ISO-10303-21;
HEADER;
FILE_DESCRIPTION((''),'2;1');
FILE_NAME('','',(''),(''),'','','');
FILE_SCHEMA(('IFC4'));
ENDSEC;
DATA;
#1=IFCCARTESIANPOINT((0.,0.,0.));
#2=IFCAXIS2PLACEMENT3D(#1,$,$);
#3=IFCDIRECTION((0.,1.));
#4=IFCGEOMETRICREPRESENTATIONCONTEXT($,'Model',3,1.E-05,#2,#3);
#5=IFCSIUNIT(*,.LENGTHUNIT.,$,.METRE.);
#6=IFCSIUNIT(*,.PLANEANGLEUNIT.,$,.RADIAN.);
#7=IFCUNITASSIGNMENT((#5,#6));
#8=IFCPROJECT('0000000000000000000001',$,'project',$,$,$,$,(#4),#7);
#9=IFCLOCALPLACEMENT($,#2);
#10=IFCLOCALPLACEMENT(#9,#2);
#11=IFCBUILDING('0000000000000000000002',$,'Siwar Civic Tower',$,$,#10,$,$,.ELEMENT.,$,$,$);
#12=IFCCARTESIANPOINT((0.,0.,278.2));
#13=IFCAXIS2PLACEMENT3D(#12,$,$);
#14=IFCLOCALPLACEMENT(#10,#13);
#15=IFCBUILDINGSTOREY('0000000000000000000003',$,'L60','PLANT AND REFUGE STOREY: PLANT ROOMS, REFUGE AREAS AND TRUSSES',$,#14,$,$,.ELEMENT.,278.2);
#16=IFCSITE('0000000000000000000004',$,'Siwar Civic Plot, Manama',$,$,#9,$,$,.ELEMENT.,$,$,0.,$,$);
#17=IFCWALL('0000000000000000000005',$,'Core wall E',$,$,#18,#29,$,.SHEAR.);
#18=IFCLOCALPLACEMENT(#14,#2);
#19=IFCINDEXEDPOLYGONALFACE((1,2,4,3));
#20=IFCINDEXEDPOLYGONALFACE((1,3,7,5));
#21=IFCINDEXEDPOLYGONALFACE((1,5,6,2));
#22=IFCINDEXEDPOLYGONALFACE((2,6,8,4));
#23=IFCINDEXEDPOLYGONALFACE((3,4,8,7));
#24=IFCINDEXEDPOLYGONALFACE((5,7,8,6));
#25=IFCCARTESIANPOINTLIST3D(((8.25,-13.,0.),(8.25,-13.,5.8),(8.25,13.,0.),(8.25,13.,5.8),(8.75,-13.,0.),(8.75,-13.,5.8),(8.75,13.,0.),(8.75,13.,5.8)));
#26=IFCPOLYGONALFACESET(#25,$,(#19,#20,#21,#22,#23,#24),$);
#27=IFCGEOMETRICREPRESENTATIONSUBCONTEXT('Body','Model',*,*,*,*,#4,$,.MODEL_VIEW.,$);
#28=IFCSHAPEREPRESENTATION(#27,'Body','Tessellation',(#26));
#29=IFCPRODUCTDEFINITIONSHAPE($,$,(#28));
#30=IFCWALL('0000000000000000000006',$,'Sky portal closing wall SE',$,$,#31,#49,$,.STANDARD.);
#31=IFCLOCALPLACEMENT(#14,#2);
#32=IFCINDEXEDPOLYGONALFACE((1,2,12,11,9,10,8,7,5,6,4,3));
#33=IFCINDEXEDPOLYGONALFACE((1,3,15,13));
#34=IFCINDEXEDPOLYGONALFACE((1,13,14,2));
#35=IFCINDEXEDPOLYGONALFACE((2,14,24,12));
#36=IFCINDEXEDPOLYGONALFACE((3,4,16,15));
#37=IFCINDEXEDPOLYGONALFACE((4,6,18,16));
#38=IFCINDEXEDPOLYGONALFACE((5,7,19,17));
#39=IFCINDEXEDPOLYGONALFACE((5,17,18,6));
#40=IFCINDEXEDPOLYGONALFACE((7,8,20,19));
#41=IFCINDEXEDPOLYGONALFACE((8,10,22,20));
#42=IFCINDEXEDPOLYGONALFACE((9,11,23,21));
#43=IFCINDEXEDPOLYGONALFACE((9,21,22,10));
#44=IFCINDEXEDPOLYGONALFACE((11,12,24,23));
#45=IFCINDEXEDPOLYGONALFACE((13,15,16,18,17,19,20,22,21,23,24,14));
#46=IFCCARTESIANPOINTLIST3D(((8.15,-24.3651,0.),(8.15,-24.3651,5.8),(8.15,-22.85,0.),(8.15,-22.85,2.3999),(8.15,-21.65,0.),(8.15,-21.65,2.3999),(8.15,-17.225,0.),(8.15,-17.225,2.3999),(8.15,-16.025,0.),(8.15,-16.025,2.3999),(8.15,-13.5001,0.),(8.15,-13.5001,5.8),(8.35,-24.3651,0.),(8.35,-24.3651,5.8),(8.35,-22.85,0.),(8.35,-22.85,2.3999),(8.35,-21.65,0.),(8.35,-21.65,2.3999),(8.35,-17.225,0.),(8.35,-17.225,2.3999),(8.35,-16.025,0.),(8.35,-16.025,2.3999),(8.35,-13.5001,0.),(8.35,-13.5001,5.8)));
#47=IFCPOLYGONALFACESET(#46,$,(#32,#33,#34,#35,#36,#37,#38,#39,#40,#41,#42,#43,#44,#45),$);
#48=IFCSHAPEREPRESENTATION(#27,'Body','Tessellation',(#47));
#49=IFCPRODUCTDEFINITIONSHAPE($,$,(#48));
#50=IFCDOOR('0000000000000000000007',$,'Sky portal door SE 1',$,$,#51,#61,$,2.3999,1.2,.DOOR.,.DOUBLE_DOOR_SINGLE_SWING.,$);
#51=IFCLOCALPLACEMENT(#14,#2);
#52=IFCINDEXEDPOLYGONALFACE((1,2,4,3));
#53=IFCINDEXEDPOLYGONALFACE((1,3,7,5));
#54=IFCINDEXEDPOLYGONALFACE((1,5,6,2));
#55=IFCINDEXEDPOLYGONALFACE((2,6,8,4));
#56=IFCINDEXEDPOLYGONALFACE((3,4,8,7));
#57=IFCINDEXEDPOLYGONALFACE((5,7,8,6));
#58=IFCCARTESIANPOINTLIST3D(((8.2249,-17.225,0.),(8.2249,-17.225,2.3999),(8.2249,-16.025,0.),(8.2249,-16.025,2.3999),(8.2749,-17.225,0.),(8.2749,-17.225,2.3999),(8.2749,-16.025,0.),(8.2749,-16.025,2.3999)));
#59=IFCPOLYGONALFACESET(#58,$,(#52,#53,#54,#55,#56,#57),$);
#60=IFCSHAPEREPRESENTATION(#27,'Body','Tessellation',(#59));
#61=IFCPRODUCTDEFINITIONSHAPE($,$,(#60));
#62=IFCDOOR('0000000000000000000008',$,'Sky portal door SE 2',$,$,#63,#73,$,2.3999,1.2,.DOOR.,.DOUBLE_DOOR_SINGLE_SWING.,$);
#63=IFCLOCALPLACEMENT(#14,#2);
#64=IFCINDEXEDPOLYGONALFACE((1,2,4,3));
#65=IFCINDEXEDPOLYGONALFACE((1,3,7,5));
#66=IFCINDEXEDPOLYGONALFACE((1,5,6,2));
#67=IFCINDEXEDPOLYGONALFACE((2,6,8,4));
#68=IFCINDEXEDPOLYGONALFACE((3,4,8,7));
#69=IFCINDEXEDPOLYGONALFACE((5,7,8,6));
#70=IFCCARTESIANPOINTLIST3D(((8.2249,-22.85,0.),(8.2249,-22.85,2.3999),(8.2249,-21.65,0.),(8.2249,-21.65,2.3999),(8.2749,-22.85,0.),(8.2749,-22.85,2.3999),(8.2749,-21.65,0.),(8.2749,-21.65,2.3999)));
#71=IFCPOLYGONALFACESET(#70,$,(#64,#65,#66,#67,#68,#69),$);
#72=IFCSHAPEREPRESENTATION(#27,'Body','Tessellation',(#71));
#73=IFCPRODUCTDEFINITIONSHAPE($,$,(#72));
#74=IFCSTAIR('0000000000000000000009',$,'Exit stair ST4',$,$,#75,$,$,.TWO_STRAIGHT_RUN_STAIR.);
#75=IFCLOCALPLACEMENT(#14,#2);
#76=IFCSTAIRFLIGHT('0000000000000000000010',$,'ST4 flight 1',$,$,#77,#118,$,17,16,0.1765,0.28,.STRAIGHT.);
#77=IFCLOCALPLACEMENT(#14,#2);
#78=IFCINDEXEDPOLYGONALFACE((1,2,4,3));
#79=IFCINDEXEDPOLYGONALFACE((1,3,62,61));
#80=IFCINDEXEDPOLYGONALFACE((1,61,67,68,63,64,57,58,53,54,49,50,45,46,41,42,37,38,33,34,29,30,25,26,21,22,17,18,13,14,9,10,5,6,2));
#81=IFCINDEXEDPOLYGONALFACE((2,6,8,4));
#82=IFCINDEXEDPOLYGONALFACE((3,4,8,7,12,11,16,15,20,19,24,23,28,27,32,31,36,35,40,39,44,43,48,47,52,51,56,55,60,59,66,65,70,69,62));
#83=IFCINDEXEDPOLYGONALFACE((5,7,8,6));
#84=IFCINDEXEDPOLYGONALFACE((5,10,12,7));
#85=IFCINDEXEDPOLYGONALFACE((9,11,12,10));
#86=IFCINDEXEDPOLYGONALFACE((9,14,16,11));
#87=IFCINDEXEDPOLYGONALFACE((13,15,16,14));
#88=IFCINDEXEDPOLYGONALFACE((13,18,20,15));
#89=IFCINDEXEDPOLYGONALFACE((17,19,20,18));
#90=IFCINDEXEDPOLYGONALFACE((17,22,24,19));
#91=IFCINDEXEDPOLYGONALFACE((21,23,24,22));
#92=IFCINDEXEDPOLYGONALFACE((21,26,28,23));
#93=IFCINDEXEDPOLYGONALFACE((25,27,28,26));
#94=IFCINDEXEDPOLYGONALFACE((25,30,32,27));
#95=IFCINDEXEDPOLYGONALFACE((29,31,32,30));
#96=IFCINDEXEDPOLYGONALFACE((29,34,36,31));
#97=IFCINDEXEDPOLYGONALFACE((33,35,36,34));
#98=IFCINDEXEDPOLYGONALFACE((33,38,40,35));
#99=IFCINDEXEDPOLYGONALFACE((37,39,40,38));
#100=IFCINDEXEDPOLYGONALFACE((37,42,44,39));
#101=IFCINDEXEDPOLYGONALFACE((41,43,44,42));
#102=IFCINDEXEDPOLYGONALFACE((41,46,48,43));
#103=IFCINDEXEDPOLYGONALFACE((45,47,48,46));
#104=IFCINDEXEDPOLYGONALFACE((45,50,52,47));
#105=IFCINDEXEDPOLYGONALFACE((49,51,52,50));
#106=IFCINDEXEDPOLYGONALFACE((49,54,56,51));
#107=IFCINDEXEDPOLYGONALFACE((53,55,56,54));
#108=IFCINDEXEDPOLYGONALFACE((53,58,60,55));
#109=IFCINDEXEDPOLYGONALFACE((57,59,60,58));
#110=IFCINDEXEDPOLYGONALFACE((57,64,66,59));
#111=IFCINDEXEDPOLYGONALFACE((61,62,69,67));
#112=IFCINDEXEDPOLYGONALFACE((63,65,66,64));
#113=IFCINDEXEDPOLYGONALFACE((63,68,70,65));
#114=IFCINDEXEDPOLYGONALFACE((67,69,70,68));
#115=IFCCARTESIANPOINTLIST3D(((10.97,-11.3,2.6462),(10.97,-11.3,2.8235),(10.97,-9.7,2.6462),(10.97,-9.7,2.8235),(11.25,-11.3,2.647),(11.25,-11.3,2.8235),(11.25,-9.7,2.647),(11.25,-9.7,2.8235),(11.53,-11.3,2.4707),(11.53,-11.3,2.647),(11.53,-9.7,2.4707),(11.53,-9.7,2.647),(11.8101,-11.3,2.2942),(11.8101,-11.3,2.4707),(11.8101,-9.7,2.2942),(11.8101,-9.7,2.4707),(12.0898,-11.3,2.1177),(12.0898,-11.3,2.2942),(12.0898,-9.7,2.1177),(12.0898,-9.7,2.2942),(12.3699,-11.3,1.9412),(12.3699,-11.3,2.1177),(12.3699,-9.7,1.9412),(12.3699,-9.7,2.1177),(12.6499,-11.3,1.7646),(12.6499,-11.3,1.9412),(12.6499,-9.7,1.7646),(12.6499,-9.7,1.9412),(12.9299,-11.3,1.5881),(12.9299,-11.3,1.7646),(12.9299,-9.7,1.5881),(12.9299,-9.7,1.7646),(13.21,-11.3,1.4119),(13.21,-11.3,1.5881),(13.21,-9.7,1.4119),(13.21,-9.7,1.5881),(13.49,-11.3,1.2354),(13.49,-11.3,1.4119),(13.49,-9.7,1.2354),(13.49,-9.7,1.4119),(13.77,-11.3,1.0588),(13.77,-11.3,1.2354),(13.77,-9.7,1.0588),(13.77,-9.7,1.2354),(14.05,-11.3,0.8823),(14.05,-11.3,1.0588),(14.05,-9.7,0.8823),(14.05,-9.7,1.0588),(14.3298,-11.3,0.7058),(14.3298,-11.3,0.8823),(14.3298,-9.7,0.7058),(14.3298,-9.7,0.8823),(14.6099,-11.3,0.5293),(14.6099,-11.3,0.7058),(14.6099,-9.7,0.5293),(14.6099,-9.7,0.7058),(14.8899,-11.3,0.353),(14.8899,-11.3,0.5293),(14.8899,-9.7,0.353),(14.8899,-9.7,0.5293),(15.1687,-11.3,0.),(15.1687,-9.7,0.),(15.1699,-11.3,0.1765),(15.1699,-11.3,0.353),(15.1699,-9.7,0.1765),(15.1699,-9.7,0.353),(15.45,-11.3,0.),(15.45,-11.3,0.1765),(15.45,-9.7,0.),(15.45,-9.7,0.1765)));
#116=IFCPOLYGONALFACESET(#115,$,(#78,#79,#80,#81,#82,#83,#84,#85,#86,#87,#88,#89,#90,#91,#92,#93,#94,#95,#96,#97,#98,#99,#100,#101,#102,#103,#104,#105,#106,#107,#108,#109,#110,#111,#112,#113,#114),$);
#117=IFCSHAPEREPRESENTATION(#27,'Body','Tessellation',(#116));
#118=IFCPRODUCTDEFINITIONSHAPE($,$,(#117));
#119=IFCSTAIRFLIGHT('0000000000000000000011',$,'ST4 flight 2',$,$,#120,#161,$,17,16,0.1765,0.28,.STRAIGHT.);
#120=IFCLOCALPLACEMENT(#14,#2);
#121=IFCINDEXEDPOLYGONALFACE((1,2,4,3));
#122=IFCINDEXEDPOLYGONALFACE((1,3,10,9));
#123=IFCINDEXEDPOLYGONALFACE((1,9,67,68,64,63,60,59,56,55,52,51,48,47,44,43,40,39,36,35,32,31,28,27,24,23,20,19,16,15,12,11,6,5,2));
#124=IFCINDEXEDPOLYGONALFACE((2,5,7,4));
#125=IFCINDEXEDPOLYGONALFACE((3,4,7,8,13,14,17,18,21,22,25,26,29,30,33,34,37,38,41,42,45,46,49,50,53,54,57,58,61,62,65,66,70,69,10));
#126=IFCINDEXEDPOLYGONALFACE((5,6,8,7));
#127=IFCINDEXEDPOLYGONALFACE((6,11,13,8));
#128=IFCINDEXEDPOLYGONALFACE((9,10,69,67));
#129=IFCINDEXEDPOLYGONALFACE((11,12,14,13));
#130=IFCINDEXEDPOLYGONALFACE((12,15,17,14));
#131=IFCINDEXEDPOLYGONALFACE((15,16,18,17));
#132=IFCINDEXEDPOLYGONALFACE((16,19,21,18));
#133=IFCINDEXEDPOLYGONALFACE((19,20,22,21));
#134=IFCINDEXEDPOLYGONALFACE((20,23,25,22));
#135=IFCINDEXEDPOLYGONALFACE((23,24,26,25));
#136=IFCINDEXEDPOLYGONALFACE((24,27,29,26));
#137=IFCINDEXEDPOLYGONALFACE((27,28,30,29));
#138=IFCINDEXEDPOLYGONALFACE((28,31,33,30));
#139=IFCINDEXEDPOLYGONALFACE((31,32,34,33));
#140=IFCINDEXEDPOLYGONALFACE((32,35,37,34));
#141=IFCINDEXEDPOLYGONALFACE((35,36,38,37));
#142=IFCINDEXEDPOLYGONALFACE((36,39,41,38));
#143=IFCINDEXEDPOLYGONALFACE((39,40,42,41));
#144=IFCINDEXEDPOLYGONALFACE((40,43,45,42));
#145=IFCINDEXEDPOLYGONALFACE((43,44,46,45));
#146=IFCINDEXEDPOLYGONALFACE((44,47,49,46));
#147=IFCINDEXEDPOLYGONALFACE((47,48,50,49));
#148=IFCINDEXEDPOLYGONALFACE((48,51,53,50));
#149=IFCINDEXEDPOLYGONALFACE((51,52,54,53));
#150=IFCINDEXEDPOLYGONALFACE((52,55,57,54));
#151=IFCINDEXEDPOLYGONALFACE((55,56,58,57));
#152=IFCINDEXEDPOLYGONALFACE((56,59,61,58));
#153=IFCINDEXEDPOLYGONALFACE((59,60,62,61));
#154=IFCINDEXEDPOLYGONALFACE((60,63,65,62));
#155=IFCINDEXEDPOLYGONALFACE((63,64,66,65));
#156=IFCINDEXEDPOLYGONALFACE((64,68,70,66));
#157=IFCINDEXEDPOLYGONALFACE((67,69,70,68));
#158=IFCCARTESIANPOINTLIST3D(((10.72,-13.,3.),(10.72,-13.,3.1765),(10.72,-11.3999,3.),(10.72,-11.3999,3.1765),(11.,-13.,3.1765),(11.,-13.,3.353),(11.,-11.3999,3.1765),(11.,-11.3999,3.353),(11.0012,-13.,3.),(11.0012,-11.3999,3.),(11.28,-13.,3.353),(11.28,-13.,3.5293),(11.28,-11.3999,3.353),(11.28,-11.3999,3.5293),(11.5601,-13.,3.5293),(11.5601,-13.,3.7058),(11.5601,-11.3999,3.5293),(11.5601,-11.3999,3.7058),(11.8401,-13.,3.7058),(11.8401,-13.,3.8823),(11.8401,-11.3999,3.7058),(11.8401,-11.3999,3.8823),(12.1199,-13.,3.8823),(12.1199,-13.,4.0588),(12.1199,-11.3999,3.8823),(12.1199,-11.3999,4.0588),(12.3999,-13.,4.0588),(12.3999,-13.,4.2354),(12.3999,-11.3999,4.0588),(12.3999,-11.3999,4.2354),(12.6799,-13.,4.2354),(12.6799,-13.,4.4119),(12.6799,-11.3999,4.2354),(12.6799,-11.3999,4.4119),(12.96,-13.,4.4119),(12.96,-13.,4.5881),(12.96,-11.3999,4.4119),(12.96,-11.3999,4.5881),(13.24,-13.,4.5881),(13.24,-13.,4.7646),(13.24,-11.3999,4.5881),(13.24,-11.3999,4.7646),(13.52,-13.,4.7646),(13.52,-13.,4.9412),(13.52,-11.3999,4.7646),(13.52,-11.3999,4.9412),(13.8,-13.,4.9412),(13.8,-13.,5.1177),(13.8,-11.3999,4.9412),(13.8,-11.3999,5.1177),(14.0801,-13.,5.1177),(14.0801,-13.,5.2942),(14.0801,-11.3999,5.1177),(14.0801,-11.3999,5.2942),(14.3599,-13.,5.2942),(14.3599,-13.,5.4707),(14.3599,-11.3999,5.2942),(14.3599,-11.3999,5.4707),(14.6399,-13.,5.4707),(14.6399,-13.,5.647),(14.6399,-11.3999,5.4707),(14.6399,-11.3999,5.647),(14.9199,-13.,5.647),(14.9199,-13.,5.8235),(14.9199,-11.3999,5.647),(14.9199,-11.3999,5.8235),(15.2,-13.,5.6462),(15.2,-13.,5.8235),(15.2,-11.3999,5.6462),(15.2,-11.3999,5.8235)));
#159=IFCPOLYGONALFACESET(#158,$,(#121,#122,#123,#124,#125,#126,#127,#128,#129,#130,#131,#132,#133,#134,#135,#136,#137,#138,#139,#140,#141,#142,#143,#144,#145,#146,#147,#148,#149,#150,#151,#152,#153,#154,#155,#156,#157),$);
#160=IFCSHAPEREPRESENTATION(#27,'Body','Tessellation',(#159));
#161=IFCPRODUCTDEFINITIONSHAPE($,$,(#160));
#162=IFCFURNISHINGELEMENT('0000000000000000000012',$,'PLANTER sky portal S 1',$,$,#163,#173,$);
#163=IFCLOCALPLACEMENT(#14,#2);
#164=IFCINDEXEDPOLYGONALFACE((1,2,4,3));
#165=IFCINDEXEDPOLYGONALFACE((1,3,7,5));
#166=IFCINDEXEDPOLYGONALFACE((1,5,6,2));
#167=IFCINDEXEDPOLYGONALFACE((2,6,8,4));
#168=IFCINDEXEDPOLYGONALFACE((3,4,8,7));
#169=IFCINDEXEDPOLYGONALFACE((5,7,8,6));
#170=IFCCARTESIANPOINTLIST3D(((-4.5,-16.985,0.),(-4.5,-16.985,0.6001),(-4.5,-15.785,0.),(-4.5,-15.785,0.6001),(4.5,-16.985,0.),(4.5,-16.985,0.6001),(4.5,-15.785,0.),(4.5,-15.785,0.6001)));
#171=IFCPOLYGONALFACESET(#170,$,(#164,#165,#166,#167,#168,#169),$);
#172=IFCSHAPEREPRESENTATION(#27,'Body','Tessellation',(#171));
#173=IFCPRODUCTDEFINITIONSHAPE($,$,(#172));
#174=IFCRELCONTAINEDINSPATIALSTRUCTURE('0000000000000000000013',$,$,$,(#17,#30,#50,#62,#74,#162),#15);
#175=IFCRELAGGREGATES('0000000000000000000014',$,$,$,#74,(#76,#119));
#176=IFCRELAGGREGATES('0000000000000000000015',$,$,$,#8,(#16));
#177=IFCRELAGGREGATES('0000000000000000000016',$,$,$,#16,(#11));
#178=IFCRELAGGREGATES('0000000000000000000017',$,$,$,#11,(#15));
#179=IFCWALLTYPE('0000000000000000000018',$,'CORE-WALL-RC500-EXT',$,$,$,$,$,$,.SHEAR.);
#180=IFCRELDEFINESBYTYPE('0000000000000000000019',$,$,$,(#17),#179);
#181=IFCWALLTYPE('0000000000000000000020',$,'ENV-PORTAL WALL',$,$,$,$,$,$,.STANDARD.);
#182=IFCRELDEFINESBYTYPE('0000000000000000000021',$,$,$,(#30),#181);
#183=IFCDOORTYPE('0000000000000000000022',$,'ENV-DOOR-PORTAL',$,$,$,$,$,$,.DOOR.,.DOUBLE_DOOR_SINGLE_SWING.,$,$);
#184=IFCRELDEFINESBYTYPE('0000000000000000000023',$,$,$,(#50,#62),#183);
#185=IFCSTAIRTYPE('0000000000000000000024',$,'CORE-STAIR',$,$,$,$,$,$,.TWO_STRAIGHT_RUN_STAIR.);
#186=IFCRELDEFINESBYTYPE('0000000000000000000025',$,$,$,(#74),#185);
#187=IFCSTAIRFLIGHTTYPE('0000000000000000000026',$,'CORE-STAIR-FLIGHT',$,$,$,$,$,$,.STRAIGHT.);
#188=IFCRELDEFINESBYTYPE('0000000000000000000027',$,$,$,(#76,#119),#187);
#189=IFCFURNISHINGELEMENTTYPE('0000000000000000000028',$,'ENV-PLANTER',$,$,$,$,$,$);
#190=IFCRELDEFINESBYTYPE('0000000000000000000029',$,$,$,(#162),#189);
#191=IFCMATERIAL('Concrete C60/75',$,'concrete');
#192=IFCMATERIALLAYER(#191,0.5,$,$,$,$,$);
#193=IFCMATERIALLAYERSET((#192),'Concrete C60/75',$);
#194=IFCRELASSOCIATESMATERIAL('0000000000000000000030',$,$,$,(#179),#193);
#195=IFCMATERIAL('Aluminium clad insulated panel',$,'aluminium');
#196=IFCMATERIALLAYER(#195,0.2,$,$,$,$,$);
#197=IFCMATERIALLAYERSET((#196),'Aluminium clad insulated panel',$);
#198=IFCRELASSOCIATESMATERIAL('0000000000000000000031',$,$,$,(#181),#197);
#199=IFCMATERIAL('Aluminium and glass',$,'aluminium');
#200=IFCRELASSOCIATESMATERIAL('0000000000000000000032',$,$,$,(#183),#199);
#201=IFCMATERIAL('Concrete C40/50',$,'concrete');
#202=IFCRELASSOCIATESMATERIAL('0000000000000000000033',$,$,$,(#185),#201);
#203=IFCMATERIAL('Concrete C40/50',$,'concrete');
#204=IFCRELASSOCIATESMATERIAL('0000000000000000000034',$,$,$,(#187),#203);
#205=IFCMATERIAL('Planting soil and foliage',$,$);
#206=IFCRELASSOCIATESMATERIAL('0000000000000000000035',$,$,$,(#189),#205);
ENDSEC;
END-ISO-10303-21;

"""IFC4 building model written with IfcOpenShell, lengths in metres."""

from ifc_helpers import new_model, si_unit, direction, frame, frame_2d, origin, origin_2d, place, context, subcontext, project, spatial, polyline, rectangle, outline, extrude, material, layer, layer_set, type_object, element, fill, aggregate, save


model = new_model("IFC4")

# Units and contexts
model_context = context("Model", 3, precision=1e-05, world=origin(), true_north=direction((0.0, 1.0)))
body_context = subcontext(model_context, "Body", "Model", "MODEL_VIEW")
ifc_project = project(units=[si_unit("LENGTHUNIT", "METRE"), si_unit("PLANEANGLEUNIT", "RADIAN")], contexts=[model_context])

# Site, building, storey
site_placement = place(None, origin())
site = spatial("IfcSite", under=ifc_project, at=site_placement, Name="Siwar Civic Plot, Manama", CompositionType="ELEMENT", RefElevation=0.0)
building_placement = place(site_placement, origin())
building = spatial("IfcBuilding", under=site, at=building_placement, Name="Siwar Civic Tower", CompositionType="ELEMENT")
storey_placement = place(building_placement, frame((0.0, 0.0, 278.2)))
storey = spatial("IfcBuildingStorey", under=building, at=storey_placement, Name="L60", Description="PLANT AND REFUGE STOREY: PLANT ROOMS, REFUGE AREAS AND TRUSSES", CompositionType="ELEMENT", Elevation=278.2)

# Wall
ifc_material_1 = material(Name="Concrete C60/75", Category="concrete")
ifc_layer_1 = layer(ifc_material_1, 0.5)
ifc_layer_set_1 = layer_set([ifc_layer_1], Name="Concrete C60/75")
wall_type_1 = type_object("IfcWallType", Name="CORE-WALL-RC500-EXT", PredefinedType="SHEAR", material=ifc_layer_set_1)
wall_1_placement = place(storey_placement, frame((8.5, -13.0, 0.0), z_axis=(0.0, 0.0, 1.0), x_axis=(0.0, 1.0, 0.0)))
element("IfcWall", 1, at=wall_1_placement, inside=storey, type_object=wall_type_1, Name="Core wall E", PredefinedType="SHEAR", context=body_context, shape_type="SweptSolid", body=[
    extrude(rectangle(XDim=26.0, YDim=0.5, at=frame_2d((13.0, 0.0))), origin(), (0.0, 0.0, 1.0), 5.8),
])

# Wall, openings, doors
ifc_material_2 = material(Name="Aluminium clad insulated panel", Category="aluminium")
ifc_layer_2 = layer(ifc_material_2, 0.2)
ifc_layer_set_2 = layer_set([ifc_layer_2], Name="Aluminium clad insulated panel")
wall_type_2 = type_object("IfcWallType", Name="ENV-PORTAL WALL", PredefinedType="STANDARD", material=ifc_layer_set_2)
wall_2_placement = place(storey_placement, frame((8.25, -13.5, 0.0), z_axis=(0.0, 0.0, 1.0), x_axis=(0.0, -1.0, 0.0)))
wall_2 = element("IfcWall", 2, at=wall_2_placement, inside=storey, type_object=wall_type_2, Name="Sky portal closing wall SE", PredefinedType="STANDARD", context=body_context, shape_type="SweptSolid", body=[
    extrude(rectangle(XDim=10.865, YDim=0.2, at=frame_2d((5.4326, 0.0))), origin(), (0.0, 0.0, 1.0), 5.8),
])
opening_1_placement = place(wall_2_placement, frame((2.5249, 0.0, 0.0)))
opening_1 = element("IfcOpeningElement", 3, at=opening_1_placement, cuts=wall_2, PredefinedType="OPENING", context=body_context, shape_type="SweptSolid", body=[
    extrude(rectangle(XDim=1.2, YDim=2.3999, at=frame_2d((0.6001, 1.2))), frame((0.0, 0.1099, 0.0), z_axis=(0.0, -1.0, 0.0), x_axis=(1.0, 0.0, 0.0)), (0.0, 0.0, 1.0), 0.22),
])
opening_2_placement = place(wall_2_placement, frame((8.1499, 0.0, 0.0)))
opening_2 = element("IfcOpeningElement", 4, at=opening_2_placement, cuts=wall_2, PredefinedType="OPENING", context=body_context, shape_type="SweptSolid", body=[
    extrude(rectangle(XDim=1.2, YDim=2.3999, at=frame_2d((0.6001, 1.2))), frame((0.0, 0.1099, 0.0), z_axis=(0.0, -1.0, 0.0), x_axis=(1.0, 0.0, 0.0)), (0.0, 0.0, 1.0), 0.22),
])
ifc_material_3 = material(Name="Aluminium and glass", Category="aluminium")
door_type = type_object("IfcDoorType", Name="ENV-DOOR-PORTAL", OperationType="DOUBLE_DOOR_SINGLE_SWING", PredefinedType="DOOR", material=ifc_material_3)
door_1_placement = place(opening_1_placement, origin())
door_1 = element("IfcDoor", 5, at=door_1_placement, inside=storey, type_object=door_type, Name="Sky portal door SE 1", OperationType="DOUBLE_DOOR_SINGLE_SWING", OverallHeight=2.3999, OverallWidth=1.2, PredefinedType="DOOR", context=body_context, shape_type="SweptSolid", body=[
    extrude(rectangle(XDim=1.2, YDim=2.3999, at=frame_2d((0.6001, 1.2))), frame((0.0, 0.0249, 0.0), z_axis=(0.0, -1.0, 0.0), x_axis=(1.0, 0.0, 0.0)), (0.0, 0.0, 1.0), 0.05),
])
fill(opening_1, door_1)
door_2_placement = place(opening_2_placement, origin())
door_2 = element("IfcDoor", 6, at=door_2_placement, inside=storey, type_object=door_type, Name="Sky portal door SE 2", OperationType="DOUBLE_DOOR_SINGLE_SWING", OverallHeight=2.3999, OverallWidth=1.2, PredefinedType="DOOR", context=body_context, shape_type="SweptSolid", body=[
    extrude(rectangle(XDim=1.2, YDim=2.3999, at=frame_2d((0.6001, 1.2))), frame((0.0, 0.0249, 0.0), z_axis=(0.0, -1.0, 0.0), x_axis=(1.0, 0.0, 0.0)), (0.0, 0.0, 1.0), 0.05),
])
fill(opening_2, door_2)

# Stair, stair flights
ifc_material_4 = material(Name="Concrete C40/50", Category="concrete")
stair_type = type_object("IfcStairType", Name="CORE-STAIR", PredefinedType="TWO_STRAIGHT_RUN_STAIR", material=ifc_material_4)
stair_placement = place(storey_placement, origin())
stair = element("IfcStair", 7, at=stair_placement, inside=storey, type_object=stair_type, Name="Exit stair ST4", PredefinedType="TWO_STRAIGHT_RUN_STAIR")
ifc_material_5 = material(Name="Concrete C40/50", Category="concrete")
stair_flight_type = type_object("IfcStairFlightType", Name="CORE-STAIR-FLIGHT", PredefinedType="STRAIGHT", material=ifc_material_5)
stair_flight_1_placement = place(storey_placement, frame((15.45, -10.5, 0.0), z_axis=(0.0, 0.0, 1.0), x_axis=(-1.0, 0.0, 0.0)))
stair_flight_1 = element("IfcStairFlight", 8, at=stair_flight_1_placement, type_object=stair_flight_type, Name="ST4 flight 1", NumberOfRisers=17, NumberOfTreads=16, PredefinedType="STRAIGHT", RiserHeight=0.1765, TreadLength=0.28, context=body_context, shape_type="SweptSolid", body=[
    extrude(outline(polyline([(0.0, 0.0), (0.0, 0.1765), (0.28, 0.1765), (0.28, 0.353), (0.5601, 0.353), (0.5601, 0.5293), (0.8401, 0.5293), (0.8401, 0.7058), (1.1201, 0.7058), (1.1201, 0.8823), (1.3999, 0.8823), (1.3999, 1.0588), (1.6799, 1.0588), (1.6799, 1.2354), (1.96, 1.2354), (1.96, 1.4119), (2.24, 1.4119), (2.24, 1.5881), (2.52, 1.5881), (2.52, 1.7646), (2.8, 1.7646), (2.8, 1.9412), (3.0801, 1.9412), (3.0801, 2.1177), (3.3601, 2.1177), (3.3601, 2.2942), (3.6399, 2.2942), (3.6399, 2.4707), (3.9199, 2.4707), (3.9199, 2.647), (4.2, 2.647), (4.2, 2.8235), (4.48, 2.8235), (4.48, 3.0), (4.48, 2.6462), (0.2812, 0.0), (0.0, 0.0)])), frame((0.0, 0.8, 0.0), z_axis=(0.0, -1.0, 0.0), x_axis=(1.0, 0.0, 0.0)), (0.0, 0.0, 1.0), 1.6001),
])
stair_flight_2_placement = place(storey_placement, frame((10.72, -12.2, 3.0), z_axis=(0.0, 0.0, 1.0), x_axis=(1.0, 0.0, 0.0)))
stair_flight_2 = element("IfcStairFlight", 9, at=stair_flight_2_placement, type_object=stair_flight_type, Name="ST4 flight 2", NumberOfRisers=17, NumberOfTreads=16, PredefinedType="STRAIGHT", RiserHeight=0.1765, TreadLength=0.28, context=body_context, shape_type="SweptSolid", body=[
    extrude(outline(polyline([(0.0, 0.0), (0.0, 0.1765), (0.28, 0.1765), (0.28, 0.353), (0.5601, 0.353), (0.5601, 0.5293), (0.8401, 0.5293), (0.8401, 0.7058), (1.1201, 0.7058), (1.1201, 0.8823), (1.3999, 0.8823), (1.3999, 1.0588), (1.6799, 1.0588), (1.6799, 1.2354), (1.96, 1.2354), (1.96, 1.4119), (2.24, 1.4119), (2.24, 1.5881), (2.52, 1.5881), (2.52, 1.7646), (2.8, 1.7646), (2.8, 1.9412), (3.0801, 1.9412), (3.0801, 2.1177), (3.3601, 2.1177), (3.3601, 2.2942), (3.6399, 2.2942), (3.6399, 2.4707), (3.9199, 2.4707), (3.9199, 2.647), (4.2, 2.647), (4.2, 2.8235), (4.48, 2.8235), (4.48, 3.0), (4.48, 2.6462), (0.2812, 0.0), (0.0, 0.0)])), frame((0.0, 0.8, 0.0), z_axis=(0.0, -1.0, 0.0), x_axis=(1.0, 0.0, 0.0)), (0.0, 0.0, 1.0), 1.6001),
])
aggregate(stair, [stair_flight_1, stair_flight_2])

# Furnishing element
ifc_material_6 = material(Name="Planting soil and foliage")
furnishing_element_type_1 = type_object("IfcFurnishingElementType", Name="ENV-PLANTER", material=ifc_material_6)
furnishing_1_placement = place(storey_placement, frame((0.0, -16.385, 0.0), z_axis=(0.0, 0.0, 1.0), x_axis=(1.0, 0.0, 0.0)))
element("IfcFurnishingElement", 10, at=furnishing_1_placement, inside=storey, type_object=furnishing_element_type_1, Name="PLANTER sky portal S 1", context=body_context, shape_type="SweptSolid", body=[
    extrude(rectangle(XDim=9.0, YDim=1.2, at=origin_2d()), origin(), (0.0, 0.0, 1.0), 0.6001),
])

save(model, "model.ifc")
